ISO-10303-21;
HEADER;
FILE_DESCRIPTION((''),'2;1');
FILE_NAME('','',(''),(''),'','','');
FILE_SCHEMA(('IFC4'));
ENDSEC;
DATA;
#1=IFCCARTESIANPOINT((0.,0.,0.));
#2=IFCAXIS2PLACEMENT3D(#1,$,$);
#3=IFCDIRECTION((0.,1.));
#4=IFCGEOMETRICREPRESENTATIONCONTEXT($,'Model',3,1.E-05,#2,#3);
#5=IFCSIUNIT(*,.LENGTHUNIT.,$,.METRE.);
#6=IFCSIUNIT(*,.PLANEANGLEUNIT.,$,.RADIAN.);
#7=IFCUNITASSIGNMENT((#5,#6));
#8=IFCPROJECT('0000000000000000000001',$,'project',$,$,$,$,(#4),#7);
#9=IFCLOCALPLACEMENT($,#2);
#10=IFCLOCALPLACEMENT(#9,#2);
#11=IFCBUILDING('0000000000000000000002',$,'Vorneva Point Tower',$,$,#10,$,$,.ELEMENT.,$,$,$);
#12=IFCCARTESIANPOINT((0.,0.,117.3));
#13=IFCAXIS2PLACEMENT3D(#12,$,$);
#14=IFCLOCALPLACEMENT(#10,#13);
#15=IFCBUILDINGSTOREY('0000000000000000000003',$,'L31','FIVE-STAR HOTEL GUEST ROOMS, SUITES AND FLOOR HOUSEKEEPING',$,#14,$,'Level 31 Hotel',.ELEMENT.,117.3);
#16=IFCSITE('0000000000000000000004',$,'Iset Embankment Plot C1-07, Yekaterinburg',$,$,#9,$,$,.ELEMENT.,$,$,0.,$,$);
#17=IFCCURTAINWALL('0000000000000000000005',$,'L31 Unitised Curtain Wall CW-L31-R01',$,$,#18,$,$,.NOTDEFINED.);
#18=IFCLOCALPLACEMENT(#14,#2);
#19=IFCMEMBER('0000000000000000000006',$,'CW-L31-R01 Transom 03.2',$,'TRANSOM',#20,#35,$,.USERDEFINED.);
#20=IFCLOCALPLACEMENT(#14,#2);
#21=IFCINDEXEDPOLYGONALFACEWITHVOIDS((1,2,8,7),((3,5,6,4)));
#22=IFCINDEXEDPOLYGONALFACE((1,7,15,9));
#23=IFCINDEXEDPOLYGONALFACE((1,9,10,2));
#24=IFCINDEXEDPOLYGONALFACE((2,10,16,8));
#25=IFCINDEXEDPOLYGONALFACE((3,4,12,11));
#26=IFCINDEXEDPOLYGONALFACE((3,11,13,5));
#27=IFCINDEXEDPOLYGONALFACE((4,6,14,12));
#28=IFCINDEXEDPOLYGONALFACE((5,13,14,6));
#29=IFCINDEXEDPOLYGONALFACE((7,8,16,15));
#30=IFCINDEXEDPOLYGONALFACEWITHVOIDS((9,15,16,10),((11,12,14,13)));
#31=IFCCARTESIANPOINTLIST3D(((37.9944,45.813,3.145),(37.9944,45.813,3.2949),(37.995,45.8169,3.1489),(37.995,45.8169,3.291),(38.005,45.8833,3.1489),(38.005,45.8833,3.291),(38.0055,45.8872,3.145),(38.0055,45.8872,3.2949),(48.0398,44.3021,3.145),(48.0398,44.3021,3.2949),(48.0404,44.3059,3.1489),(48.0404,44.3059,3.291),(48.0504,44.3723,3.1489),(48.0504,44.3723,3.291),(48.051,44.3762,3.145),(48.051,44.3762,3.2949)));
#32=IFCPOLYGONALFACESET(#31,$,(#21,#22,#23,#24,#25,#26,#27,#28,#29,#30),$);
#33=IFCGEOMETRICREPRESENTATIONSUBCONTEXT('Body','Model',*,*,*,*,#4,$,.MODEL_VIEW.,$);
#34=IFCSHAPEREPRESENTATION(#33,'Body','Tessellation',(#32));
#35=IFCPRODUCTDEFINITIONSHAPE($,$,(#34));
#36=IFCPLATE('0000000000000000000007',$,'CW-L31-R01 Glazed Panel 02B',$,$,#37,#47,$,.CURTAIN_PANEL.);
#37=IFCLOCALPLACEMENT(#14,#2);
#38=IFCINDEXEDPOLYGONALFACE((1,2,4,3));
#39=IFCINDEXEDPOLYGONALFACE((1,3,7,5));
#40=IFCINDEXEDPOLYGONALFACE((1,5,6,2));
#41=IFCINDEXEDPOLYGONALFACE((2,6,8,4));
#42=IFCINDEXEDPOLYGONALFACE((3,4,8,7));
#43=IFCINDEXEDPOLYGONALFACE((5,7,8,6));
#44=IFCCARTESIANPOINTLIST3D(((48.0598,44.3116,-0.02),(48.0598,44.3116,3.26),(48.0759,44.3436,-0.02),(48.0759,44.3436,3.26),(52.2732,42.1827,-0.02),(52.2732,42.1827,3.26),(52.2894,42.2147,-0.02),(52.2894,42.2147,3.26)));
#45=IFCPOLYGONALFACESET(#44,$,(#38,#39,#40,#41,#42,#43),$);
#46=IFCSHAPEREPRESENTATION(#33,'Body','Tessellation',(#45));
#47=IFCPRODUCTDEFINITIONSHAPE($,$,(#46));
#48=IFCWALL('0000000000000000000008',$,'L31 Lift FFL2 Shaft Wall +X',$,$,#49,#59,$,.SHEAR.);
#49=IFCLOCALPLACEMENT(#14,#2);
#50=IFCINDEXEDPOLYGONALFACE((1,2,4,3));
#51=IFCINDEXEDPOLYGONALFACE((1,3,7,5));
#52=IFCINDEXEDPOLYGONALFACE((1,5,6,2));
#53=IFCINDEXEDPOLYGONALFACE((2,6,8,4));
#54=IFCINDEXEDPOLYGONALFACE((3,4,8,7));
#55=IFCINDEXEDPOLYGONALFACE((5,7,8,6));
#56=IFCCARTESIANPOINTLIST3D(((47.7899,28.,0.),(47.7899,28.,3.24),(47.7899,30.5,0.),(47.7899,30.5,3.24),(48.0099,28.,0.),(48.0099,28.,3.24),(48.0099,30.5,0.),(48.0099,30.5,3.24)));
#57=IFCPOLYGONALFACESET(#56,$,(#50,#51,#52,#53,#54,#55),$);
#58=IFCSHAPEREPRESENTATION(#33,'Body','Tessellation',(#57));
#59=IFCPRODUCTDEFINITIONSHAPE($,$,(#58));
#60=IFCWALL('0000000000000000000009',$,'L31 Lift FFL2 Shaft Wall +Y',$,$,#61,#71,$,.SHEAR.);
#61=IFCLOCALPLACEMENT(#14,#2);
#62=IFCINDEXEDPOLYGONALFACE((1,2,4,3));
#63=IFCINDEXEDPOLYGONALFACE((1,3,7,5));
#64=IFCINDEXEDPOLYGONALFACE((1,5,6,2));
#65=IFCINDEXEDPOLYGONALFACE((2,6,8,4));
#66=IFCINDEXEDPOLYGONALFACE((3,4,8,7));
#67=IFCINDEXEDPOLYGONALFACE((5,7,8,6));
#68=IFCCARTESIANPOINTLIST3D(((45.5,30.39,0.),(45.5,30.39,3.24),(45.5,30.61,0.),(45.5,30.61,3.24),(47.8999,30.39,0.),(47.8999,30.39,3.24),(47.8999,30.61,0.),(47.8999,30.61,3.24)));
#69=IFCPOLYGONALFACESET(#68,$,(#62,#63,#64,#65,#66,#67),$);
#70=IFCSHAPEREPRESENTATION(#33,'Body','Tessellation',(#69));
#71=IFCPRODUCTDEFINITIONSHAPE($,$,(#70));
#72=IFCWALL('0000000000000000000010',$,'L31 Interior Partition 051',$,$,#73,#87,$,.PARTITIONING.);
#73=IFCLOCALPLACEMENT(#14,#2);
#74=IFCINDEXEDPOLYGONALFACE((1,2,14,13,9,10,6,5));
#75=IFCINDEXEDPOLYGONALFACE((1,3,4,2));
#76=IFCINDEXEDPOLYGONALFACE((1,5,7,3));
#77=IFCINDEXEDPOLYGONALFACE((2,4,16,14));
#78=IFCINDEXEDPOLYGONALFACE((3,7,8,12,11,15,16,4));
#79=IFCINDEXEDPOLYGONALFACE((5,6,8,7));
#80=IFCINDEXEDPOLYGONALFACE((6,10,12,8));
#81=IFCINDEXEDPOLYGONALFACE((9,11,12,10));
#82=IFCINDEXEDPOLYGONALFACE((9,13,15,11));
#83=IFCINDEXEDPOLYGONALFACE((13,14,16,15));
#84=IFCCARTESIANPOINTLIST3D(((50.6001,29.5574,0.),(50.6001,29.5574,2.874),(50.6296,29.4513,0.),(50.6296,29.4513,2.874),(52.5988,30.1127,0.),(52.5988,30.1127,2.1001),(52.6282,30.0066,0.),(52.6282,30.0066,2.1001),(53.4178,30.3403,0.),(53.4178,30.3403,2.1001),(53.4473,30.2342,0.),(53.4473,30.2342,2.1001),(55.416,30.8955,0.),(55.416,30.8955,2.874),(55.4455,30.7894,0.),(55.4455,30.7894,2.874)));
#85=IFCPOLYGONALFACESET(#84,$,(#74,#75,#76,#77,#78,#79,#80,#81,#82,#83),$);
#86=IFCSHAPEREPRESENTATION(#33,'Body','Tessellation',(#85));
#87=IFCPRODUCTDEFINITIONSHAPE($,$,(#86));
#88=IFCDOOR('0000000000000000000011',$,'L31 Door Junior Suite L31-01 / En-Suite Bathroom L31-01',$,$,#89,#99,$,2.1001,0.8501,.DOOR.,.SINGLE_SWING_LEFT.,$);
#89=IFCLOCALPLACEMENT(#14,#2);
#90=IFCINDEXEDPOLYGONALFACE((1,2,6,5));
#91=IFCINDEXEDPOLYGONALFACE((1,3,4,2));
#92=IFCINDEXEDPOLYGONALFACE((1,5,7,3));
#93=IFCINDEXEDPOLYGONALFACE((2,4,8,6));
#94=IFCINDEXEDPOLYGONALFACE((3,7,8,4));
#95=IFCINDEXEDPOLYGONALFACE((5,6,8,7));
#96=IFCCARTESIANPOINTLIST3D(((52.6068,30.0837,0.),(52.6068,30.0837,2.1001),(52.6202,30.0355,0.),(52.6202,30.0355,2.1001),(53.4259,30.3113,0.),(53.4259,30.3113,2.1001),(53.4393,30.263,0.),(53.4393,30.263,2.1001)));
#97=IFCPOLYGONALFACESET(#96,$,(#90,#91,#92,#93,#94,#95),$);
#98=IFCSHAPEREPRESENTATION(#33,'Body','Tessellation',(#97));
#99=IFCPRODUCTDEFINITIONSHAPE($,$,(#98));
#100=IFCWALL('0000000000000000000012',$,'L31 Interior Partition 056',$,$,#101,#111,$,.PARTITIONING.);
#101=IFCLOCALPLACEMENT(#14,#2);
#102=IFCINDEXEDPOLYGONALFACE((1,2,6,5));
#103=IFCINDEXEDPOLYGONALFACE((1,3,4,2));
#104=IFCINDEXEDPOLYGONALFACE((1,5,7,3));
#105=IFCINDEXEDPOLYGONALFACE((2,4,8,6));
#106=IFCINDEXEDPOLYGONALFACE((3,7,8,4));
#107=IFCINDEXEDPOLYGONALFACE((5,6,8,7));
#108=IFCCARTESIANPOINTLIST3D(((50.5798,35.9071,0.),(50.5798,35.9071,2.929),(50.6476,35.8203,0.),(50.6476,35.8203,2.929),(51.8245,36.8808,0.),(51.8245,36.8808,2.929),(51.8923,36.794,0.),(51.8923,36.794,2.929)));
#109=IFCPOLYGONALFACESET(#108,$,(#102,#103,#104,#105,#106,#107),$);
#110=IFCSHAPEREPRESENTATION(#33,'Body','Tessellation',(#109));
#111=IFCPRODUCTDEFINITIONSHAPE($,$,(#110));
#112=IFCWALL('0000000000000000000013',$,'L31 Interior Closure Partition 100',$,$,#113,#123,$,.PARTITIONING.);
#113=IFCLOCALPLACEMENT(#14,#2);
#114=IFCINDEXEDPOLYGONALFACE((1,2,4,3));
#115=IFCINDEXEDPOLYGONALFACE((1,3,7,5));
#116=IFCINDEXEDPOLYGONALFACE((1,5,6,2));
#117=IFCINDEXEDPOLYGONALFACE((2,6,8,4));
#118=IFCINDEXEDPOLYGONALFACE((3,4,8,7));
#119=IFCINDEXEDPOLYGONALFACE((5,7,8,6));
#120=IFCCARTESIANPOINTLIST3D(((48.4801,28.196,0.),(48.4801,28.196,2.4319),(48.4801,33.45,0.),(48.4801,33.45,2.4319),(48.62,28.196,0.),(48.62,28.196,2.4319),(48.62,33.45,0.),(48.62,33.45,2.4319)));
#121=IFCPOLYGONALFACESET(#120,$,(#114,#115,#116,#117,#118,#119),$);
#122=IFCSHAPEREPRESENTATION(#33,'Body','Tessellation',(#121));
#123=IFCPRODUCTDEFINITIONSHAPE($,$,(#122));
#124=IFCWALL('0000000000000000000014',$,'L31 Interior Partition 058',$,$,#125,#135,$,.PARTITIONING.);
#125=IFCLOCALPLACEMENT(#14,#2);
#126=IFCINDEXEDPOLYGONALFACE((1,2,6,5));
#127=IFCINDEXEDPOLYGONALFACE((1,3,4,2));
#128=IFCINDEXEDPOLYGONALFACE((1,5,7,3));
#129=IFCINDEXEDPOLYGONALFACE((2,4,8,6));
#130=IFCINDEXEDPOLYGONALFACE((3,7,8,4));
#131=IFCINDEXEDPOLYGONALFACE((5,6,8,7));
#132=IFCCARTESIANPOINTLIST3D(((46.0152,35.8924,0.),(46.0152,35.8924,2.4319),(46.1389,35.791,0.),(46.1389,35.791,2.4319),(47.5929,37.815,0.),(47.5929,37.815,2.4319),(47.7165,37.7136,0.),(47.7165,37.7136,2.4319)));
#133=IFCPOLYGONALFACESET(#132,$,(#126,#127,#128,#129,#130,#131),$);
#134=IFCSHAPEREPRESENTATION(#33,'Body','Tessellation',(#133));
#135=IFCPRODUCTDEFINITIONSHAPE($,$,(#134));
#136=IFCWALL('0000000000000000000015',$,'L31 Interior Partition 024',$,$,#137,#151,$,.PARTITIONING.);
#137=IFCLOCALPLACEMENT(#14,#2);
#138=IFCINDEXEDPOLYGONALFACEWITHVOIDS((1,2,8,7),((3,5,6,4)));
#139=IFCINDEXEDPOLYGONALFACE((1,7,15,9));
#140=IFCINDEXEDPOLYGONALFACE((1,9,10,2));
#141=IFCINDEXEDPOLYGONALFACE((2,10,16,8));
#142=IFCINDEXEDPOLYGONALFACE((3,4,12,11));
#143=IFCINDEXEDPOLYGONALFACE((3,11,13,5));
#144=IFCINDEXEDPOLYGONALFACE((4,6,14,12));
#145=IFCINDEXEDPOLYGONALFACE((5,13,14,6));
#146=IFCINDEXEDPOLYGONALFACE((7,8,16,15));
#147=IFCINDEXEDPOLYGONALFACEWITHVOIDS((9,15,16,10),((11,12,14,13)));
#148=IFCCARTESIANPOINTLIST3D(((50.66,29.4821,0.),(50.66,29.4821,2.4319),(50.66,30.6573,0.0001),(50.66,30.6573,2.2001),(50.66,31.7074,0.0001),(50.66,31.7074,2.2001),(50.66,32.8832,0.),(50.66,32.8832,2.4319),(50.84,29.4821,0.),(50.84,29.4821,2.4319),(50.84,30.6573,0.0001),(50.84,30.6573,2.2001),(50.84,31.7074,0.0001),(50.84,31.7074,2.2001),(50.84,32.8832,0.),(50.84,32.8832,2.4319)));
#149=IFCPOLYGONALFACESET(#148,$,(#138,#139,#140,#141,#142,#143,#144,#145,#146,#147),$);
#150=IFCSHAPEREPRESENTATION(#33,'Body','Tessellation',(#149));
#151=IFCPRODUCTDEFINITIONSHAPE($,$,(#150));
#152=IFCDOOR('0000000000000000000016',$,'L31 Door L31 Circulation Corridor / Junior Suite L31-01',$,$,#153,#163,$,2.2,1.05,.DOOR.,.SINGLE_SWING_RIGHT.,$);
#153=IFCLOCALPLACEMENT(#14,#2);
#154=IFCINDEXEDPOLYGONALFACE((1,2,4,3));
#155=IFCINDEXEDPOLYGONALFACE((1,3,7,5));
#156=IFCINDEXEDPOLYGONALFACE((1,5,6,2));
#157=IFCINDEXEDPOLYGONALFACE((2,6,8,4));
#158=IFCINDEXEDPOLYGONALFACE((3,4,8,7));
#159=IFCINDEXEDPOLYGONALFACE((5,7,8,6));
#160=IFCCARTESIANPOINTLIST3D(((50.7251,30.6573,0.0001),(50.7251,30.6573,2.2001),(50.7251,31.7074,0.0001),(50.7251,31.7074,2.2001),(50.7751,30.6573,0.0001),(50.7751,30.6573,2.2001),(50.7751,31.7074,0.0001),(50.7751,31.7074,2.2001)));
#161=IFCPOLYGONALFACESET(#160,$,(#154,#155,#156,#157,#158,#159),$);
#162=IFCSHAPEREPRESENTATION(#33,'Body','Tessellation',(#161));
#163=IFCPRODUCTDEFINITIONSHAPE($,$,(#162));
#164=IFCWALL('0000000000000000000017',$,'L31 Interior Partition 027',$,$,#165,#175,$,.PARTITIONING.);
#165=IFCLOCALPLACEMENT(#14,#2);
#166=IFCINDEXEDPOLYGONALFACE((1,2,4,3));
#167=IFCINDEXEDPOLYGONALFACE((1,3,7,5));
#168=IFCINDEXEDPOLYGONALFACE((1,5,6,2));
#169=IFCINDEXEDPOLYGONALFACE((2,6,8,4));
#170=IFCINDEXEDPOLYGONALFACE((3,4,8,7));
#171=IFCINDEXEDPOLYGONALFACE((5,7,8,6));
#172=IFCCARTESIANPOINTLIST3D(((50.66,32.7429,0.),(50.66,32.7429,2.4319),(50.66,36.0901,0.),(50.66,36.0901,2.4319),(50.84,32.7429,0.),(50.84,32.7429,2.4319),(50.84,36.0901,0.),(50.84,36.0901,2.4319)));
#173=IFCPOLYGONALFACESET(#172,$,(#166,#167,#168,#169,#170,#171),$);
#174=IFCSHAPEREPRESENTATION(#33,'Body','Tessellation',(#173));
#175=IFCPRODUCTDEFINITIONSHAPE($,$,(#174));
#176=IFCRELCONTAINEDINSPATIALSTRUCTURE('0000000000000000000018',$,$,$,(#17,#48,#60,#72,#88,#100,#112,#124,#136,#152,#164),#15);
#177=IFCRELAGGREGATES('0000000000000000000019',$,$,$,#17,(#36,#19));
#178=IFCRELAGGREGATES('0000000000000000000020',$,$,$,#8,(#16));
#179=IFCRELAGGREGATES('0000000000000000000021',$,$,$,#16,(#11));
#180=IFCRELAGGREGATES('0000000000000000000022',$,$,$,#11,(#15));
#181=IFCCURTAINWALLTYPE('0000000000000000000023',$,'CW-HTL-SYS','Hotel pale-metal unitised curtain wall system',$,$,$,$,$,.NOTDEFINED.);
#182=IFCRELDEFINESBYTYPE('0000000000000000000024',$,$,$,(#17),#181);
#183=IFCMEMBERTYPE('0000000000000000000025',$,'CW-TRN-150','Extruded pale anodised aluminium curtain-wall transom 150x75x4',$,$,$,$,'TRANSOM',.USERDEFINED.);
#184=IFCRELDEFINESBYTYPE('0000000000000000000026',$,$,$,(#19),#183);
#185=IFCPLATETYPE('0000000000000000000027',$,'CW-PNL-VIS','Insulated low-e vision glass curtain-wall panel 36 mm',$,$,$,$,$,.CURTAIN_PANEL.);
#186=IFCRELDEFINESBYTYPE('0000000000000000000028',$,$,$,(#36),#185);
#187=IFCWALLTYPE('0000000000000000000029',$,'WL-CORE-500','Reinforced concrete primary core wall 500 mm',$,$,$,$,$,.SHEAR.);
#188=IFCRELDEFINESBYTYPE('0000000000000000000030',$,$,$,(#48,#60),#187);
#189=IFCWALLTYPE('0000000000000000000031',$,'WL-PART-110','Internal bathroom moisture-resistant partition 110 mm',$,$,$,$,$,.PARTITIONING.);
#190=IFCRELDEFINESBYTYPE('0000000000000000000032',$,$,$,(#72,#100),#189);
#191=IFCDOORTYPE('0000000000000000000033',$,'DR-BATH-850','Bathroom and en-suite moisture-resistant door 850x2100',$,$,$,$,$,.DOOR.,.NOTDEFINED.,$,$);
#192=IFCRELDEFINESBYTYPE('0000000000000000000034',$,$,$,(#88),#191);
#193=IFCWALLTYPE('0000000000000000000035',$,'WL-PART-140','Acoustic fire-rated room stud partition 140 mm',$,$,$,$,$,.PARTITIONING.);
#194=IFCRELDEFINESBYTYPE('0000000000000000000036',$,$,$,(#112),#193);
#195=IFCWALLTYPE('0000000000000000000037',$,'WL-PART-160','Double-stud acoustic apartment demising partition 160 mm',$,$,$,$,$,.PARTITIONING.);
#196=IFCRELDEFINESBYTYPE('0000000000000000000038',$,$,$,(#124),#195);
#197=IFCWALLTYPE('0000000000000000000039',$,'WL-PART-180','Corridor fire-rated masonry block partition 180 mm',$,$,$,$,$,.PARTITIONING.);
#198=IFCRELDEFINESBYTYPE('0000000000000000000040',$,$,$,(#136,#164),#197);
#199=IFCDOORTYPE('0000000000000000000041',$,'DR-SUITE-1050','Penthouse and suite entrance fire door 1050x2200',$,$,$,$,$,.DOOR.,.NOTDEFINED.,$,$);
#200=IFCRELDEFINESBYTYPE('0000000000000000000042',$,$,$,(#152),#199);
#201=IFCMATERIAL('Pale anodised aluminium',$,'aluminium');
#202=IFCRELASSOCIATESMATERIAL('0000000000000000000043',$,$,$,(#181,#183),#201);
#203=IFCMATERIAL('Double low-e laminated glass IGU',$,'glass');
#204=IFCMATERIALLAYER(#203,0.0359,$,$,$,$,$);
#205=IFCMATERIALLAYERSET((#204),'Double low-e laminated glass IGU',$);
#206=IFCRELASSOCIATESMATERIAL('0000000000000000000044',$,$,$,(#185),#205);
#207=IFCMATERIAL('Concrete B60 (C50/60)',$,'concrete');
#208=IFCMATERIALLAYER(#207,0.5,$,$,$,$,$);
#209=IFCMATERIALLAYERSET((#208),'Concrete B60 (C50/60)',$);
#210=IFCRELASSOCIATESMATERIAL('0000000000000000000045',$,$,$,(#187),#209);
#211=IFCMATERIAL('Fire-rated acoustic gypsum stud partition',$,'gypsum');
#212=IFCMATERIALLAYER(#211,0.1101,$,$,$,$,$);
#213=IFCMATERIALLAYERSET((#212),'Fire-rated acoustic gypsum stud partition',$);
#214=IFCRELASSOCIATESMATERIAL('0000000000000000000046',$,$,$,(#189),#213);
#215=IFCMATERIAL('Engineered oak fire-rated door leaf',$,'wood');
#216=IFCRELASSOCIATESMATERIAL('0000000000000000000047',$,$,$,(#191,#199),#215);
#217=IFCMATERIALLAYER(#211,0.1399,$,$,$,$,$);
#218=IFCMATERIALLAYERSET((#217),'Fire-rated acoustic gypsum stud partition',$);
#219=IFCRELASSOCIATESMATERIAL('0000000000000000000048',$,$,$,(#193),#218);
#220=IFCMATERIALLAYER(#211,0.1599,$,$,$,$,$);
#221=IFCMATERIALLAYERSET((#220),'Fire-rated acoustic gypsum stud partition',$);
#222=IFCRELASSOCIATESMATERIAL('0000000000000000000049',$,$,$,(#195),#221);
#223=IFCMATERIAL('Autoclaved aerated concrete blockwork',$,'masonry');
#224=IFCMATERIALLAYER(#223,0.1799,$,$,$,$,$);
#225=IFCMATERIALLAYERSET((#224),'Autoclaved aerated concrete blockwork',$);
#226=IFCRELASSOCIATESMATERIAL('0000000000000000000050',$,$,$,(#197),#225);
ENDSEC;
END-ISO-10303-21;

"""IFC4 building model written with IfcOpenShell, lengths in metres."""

from ifc_helpers import new_model, si_unit, direction, frame, frame_2d, origin, origin_2d, place, context, subcontext, project, spatial, rectangle, hollow_rectangle, extrude, material, layer, layer_set, material_profile, profile_set, type_object, element, fill, aggregate, save


model = new_model("IFC4")

# Units and contexts
model_context = context("Model", 3, precision=1e-05, world=origin(), true_north=direction((0.0, 1.0)))
body_context = subcontext(model_context, "Body", "Model", "MODEL_VIEW")
ifc_project = project(units=[si_unit("LENGTHUNIT", "METRE"), si_unit("PLANEANGLEUNIT", "RADIAN")], contexts=[model_context])

# Site, building, storey
site_placement = place(None, origin())
site = spatial("IfcSite", under=ifc_project, at=site_placement, Name="Iset Embankment Plot C1-07, Yekaterinburg", CompositionType="ELEMENT", RefElevation=0.0)
building_placement = place(site_placement, origin())
building = spatial("IfcBuilding", under=site, at=building_placement, Name="Vorneva Point Tower", CompositionType="ELEMENT")
storey_placement = place(building_placement, frame((0.0, 0.0, 117.3)))
storey = spatial("IfcBuildingStorey", under=building, at=storey_placement, Name="L31", Description="FIVE-STAR HOTEL GUEST ROOMS, SUITES AND FLOOR HOUSEKEEPING", LongName="Level 31 Hotel", CompositionType="ELEMENT", Elevation=117.3)

# Shared definitions
ifc_material_1 = material(Name="Concrete B60 (C50/60)", Category="concrete")

# Curtain wall, member, plate
ifc_material_2 = material(Name="Pale anodised aluminium", Category="aluminium")
curtain_wall_type = type_object("IfcCurtainWallType", Name="CW-HTL-SYS", Description="Hotel pale-metal unitised curtain wall system", PredefinedType="NOTDEFINED", material=ifc_material_2)
curtain_wall_placement = place(storey_placement, origin())
curtain_wall = element("IfcCurtainWall", 1, at=curtain_wall_placement, inside=storey, type_object=curtain_wall_type, Name="L31 Unitised Curtain Wall CW-L31-R01", PredefinedType="NOTDEFINED")
ifc_material_profile_1 = material_profile(ifc_material_2, hollow_rectangle(XDim=0.075, YDim=0.1499, WallThickness=0.0039, at=origin_2d()), Name="AL-TRN 150x75x4")
ifc_profile_set_1 = profile_set([ifc_material_profile_1], Name="Pale anodised aluminium")
member_type_1 = type_object("IfcMemberType", Name="CW-TRN-150", Description="Extruded pale anodised aluminium curtain-wall transom 150x75x4", ElementType="TRANSOM", PredefinedType="USERDEFINED", material=ifc_profile_set_1)
member_1_placement = place(storey_placement, frame((48.0454, 44.3391, 3.22), z_axis=(-0.988876, 0.148742, 0.0), x_axis=(-0.148742, -0.988876, 0.0)))
member_1 = element("IfcMember", 2, at=member_1_placement, type_object=member_type_1, Name="CW-L31-R01 Transom 03.2", ObjectType="TRANSOM", PredefinedType="USERDEFINED", context=body_context, shape_type="SweptSolid", body=[
    extrude(hollow_rectangle(XDim=0.075, YDim=0.1499, WallThickness=0.0039, at=origin_2d()), origin(), (0.0, 0.0, 1.0), 10.1584),
])
ifc_material_3 = material(Name="Double low-e laminated glass IGU", Category="glass")
ifc_layer_1 = layer(ifc_material_3, 0.0359)
ifc_layer_set_1 = layer_set([ifc_layer_1], Name="Double low-e laminated glass IGU")
plate_type = type_object("IfcPlateType", Name="CW-PNL-VIS", Description="Insulated low-e vision glass curtain-wall panel 36 mm", PredefinedType="CURTAIN_PANEL", material=ifc_layer_set_1)
plate_placement = place(storey_placement, frame((50.1746, 43.2632, -0.02), z_axis=(0.0, 0.0, 1.0), x_axis=(-0.892539, 0.450971, 0.0)))
plate = element("IfcPlate", 3, at=plate_placement, type_object=plate_type, Name="CW-L31-R01 Glazed Panel 02B", PredefinedType="CURTAIN_PANEL", context=body_context, shape_type="SweptSolid", body=[
    extrude(rectangle(XDim=4.7207, YDim=0.0359, at=origin_2d()), origin(), (0.0, 0.0, 1.0), 3.28),
])
aggregate(curtain_wall, [plate, member_1])

# Walls
ifc_layer_2 = layer(ifc_material_1, 0.5)
ifc_layer_set_2 = layer_set([ifc_layer_2], Name="Concrete B60 (C50/60)")
wall_type_1 = type_object("IfcWallType", Name="WL-CORE-500", Description="Reinforced concrete primary core wall 500 mm", PredefinedType="SHEAR", material=ifc_layer_set_2)
wall_1_placement = place(storey_placement, frame((47.8999, 28.0, 0.0), z_axis=(0.0, 0.0, 1.0), x_axis=(0.0, 1.0, 0.0)))
element("IfcWall", 4, at=wall_1_placement, inside=storey, type_object=wall_type_1, Name="L31 Lift FFL2 Shaft Wall +X", PredefinedType="SHEAR", context=body_context, shape_type="SweptSolid", body=[
    extrude(rectangle(XDim=2.5, YDim=0.22, at=frame_2d((1.25, 0.0))), origin(), (0.0, 0.0, 1.0), 3.24),
])
wall_2_placement = place(storey_placement, frame((47.8999, 30.5, 0.0), z_axis=(0.0, 0.0, 1.0), x_axis=(-1.0, 0.0, 0.0)))
element("IfcWall", 5, at=wall_2_placement, inside=storey, type_object=wall_type_1, Name="L31 Lift FFL2 Shaft Wall +Y", PredefinedType="SHEAR", context=body_context, shape_type="SweptSolid", body=[
    extrude(rectangle(XDim=2.3999, YDim=0.22, at=frame_2d((1.2, 0.0))), origin(), (0.0, 0.0, 1.0), 3.24),
])

# Wall, opening, door
ifc_material_4 = material(Name="Fire-rated acoustic gypsum stud partition", Category="gypsum")
ifc_layer_3 = layer(ifc_material_4, 0.1101)
ifc_layer_set_3 = layer_set([ifc_layer_3], Name="Fire-rated acoustic gypsum stud partition")
wall_type_2 = type_object("IfcWallType", Name="WL-PART-110", Description="Internal bathroom moisture-resistant partition 110 mm", PredefinedType="PARTITIONING", material=ifc_layer_set_3)
wall_3_placement = place(storey_placement, frame((50.615, 29.5044, 0.0), z_axis=(0.0, 0.0, 1.0), x_axis=(0.963498, 0.267714, 0.0)))
wall_3 = element("IfcWall", 6, at=wall_3_placement, inside=storey, type_object=wall_type_2, Name="L31 Interior Partition 051", PredefinedType="PARTITIONING", context=body_context, shape_type="SweptSolid", body=[
    extrude(rectangle(XDim=4.9983, YDim=0.1101, at=frame_2d((2.499, 0.0))), origin(), (0.0, 0.0, 1.0), 2.874),
])
opening_1_placement = place(wall_3_placement, frame((2.0742, 0.0, 0.0)))
opening_1 = element("IfcOpeningElement", 7, at=opening_1_placement, cuts=wall_3, PredefinedType="OPENING", context=body_context, shape_type="SweptSolid", body=[
    extrude(rectangle(XDim=0.8501, YDim=2.1001, at=frame_2d((0.425, 1.05))), frame((0.0, 0.0698, 0.0), z_axis=(0.0, -1.0, 0.0), x_axis=(1.0, 0.0, 0.0)), (0.0, 0.0, 1.0), 0.1399),
])
ifc_material_5 = material(Name="Engineered oak fire-rated door leaf", Category="wood")
door_type_1 = type_object("IfcDoorType", Name="DR-BATH-850", Description="Bathroom and en-suite moisture-resistant door 850x2100", OperationType="NOTDEFINED", PredefinedType="DOOR", material=ifc_material_5)
door_1_placement = place(opening_1_placement, origin())
door_1 = element("IfcDoor", 8, at=door_1_placement, inside=storey, type_object=door_type_1, Name="L31 Door Junior Suite L31-01 / En-Suite Bathroom L31-01", OperationType="SINGLE_SWING_LEFT", OverallHeight=2.1001, OverallWidth=0.8501, PredefinedType="DOOR", context=body_context, shape_type="SweptSolid", body=[
    extrude(rectangle(XDim=0.8501, YDim=2.1001, at=frame_2d((0.425, 1.05))), frame((0.0, 0.0249, 0.0), z_axis=(0.0, -1.0, 0.0), x_axis=(1.0, 0.0, 0.0)), (0.0, 0.0, 1.0), 0.05),
])
fill(opening_1, door_1)

# Walls
wall_4_placement = place(storey_placement, frame((50.6138, 35.8638, 0.0), z_axis=(0.0, 0.0, 1.0), x_axis=(0.787635, 0.616142, 0.0)))
element("IfcWall", 9, at=wall_4_placement, inside=storey, type_object=wall_type_2, Name="L31 Interior Partition 056", PredefinedType="PARTITIONING", context=body_context, shape_type="SweptSolid", body=[
    extrude(rectangle(XDim=1.5803, YDim=0.1101, at=frame_2d((0.79, 0.0))), origin(), (0.0, 0.0, 1.0), 2.929),
])
ifc_layer_4 = layer(ifc_material_4, 0.1399)
ifc_layer_set_4 = layer_set([ifc_layer_4], Name="Fire-rated acoustic gypsum stud partition")
wall_type_3 = type_object("IfcWallType", Name="WL-PART-140", Description="Acoustic fire-rated room stud partition 140 mm", PredefinedType="PARTITIONING", material=ifc_layer_set_4)
wall_5_placement = place(storey_placement, frame((48.55, 33.45, 0.0), z_axis=(0.0, 0.0, 1.0), x_axis=(0.0, -1.0, 0.0)))
element("IfcWall", 10, at=wall_5_placement, inside=storey, type_object=wall_type_3, Name="L31 Interior Closure Partition 100", PredefinedType="PARTITIONING", context=body_context, shape_type="SweptSolid", body=[
    extrude(rectangle(XDim=5.2539, YDim=0.1399, at=frame_2d((2.627, 0.0))), origin(), (0.0, 0.0, 1.0), 2.4319),
])
ifc_layer_5 = layer(ifc_material_4, 0.1599)
ifc_layer_set_5 = layer_set([ifc_layer_5], Name="Fire-rated acoustic gypsum stud partition")
wall_type_4 = type_object("IfcWallType", Name="WL-PART-160", Description="Double-stud acoustic apartment demising partition 160 mm", PredefinedType="PARTITIONING", material=ifc_layer_set_5)
wall_6_placement = place(storey_placement, frame((47.6548, 37.7644, 0.0), z_axis=(0.0, 0.0, 1.0), x_axis=(-0.634344, -0.773051, 0.0)))
element("IfcWall", 11, at=wall_6_placement, inside=storey, type_object=wall_type_4, Name="L31 Interior Partition 058", PredefinedType="PARTITIONING", context=body_context, shape_type="SweptSolid", body=[
    extrude(rectangle(XDim=2.4871, YDim=0.1599, at=frame_2d((1.2437, 0.0))), origin(), (0.0, 0.0, 1.0), 2.4319),
])

# Wall, opening, door
ifc_material_6 = material(Name="Autoclaved aerated concrete blockwork", Category="masonry")
ifc_layer_6 = layer(ifc_material_6, 0.1799)
ifc_layer_set_6 = layer_set([ifc_layer_6], Name="Autoclaved aerated concrete blockwork")
wall_type_5 = type_object("IfcWallType", Name="WL-PART-180", Description="Corridor fire-rated masonry block partition 180 mm", PredefinedType="PARTITIONING", material=ifc_layer_set_6)
wall_7_placement = place(storey_placement, frame((50.75, 29.4819, 0.0), z_axis=(0.0, 0.0, 1.0), x_axis=(0.0, 1.0, 0.0)))
wall_7 = element("IfcWall", 12, at=wall_7_placement, inside=storey, type_object=wall_type_5, Name="L31 Interior Partition 024", PredefinedType="PARTITIONING", context=body_context, shape_type="SweptSolid", body=[
    extrude(rectangle(XDim=3.4011, YDim=0.1799, at=frame_2d((1.7007, 0.0))), origin(), (0.0, 0.0, 1.0), 2.4319),
])
opening_2_placement = place(wall_7_placement, frame((1.1755, 0.0, 0.0)))
opening_2 = element("IfcOpeningElement", 13, at=opening_2_placement, cuts=wall_7, PredefinedType="OPENING", context=body_context, shape_type="SweptSolid", body=[
    extrude(rectangle(XDim=1.05, YDim=2.2, at=frame_2d((0.5249, 1.1001))), frame((0.0, 0.105, 0.0), z_axis=(0.0, -1.0, 0.0), x_axis=(1.0, 0.0, 0.0)), (0.0, 0.0, 1.0), 0.2097),
])
door_type_2 = type_object("IfcDoorType", Name="DR-SUITE-1050", Description="Penthouse and suite entrance fire door 1050x2200", OperationType="NOTDEFINED", PredefinedType="DOOR", material=ifc_material_5)
door_2_placement = place(opening_2_placement, origin())
door_2 = element("IfcDoor", 14, at=door_2_placement, inside=storey, type_object=door_type_2, Name="L31 Door L31 Circulation Corridor / Junior Suite L31-01", OperationType="SINGLE_SWING_RIGHT", OverallHeight=2.2, OverallWidth=1.05, PredefinedType="DOOR", context=body_context, shape_type="SweptSolid", body=[
    extrude(rectangle(XDim=1.05, YDim=2.2, at=frame_2d((0.5249, 1.1001))), frame((0.0, 0.0249, 0.0), z_axis=(0.0, -1.0, 0.0), x_axis=(1.0, 0.0, 0.0)), (0.0, 0.0, 1.0), 0.05),
])
fill(opening_2, door_2)

# Wall
wall_8_placement = place(storey_placement, frame((50.75, 32.7429, 0.0), z_axis=(0.0, 0.0, 1.0), x_axis=(0.0, 1.0, 0.0)))
element("IfcWall", 15, at=wall_8_placement, inside=storey, type_object=wall_type_5, Name="L31 Interior Partition 027", PredefinedType="PARTITIONING", context=body_context, shape_type="SweptSolid", body=[
    extrude(rectangle(XDim=3.3472, YDim=0.1799, at=frame_2d((1.6736, 0.0))), origin(), (0.0, 0.0, 1.0), 2.4319),
])

save(model, "model.ifc")
